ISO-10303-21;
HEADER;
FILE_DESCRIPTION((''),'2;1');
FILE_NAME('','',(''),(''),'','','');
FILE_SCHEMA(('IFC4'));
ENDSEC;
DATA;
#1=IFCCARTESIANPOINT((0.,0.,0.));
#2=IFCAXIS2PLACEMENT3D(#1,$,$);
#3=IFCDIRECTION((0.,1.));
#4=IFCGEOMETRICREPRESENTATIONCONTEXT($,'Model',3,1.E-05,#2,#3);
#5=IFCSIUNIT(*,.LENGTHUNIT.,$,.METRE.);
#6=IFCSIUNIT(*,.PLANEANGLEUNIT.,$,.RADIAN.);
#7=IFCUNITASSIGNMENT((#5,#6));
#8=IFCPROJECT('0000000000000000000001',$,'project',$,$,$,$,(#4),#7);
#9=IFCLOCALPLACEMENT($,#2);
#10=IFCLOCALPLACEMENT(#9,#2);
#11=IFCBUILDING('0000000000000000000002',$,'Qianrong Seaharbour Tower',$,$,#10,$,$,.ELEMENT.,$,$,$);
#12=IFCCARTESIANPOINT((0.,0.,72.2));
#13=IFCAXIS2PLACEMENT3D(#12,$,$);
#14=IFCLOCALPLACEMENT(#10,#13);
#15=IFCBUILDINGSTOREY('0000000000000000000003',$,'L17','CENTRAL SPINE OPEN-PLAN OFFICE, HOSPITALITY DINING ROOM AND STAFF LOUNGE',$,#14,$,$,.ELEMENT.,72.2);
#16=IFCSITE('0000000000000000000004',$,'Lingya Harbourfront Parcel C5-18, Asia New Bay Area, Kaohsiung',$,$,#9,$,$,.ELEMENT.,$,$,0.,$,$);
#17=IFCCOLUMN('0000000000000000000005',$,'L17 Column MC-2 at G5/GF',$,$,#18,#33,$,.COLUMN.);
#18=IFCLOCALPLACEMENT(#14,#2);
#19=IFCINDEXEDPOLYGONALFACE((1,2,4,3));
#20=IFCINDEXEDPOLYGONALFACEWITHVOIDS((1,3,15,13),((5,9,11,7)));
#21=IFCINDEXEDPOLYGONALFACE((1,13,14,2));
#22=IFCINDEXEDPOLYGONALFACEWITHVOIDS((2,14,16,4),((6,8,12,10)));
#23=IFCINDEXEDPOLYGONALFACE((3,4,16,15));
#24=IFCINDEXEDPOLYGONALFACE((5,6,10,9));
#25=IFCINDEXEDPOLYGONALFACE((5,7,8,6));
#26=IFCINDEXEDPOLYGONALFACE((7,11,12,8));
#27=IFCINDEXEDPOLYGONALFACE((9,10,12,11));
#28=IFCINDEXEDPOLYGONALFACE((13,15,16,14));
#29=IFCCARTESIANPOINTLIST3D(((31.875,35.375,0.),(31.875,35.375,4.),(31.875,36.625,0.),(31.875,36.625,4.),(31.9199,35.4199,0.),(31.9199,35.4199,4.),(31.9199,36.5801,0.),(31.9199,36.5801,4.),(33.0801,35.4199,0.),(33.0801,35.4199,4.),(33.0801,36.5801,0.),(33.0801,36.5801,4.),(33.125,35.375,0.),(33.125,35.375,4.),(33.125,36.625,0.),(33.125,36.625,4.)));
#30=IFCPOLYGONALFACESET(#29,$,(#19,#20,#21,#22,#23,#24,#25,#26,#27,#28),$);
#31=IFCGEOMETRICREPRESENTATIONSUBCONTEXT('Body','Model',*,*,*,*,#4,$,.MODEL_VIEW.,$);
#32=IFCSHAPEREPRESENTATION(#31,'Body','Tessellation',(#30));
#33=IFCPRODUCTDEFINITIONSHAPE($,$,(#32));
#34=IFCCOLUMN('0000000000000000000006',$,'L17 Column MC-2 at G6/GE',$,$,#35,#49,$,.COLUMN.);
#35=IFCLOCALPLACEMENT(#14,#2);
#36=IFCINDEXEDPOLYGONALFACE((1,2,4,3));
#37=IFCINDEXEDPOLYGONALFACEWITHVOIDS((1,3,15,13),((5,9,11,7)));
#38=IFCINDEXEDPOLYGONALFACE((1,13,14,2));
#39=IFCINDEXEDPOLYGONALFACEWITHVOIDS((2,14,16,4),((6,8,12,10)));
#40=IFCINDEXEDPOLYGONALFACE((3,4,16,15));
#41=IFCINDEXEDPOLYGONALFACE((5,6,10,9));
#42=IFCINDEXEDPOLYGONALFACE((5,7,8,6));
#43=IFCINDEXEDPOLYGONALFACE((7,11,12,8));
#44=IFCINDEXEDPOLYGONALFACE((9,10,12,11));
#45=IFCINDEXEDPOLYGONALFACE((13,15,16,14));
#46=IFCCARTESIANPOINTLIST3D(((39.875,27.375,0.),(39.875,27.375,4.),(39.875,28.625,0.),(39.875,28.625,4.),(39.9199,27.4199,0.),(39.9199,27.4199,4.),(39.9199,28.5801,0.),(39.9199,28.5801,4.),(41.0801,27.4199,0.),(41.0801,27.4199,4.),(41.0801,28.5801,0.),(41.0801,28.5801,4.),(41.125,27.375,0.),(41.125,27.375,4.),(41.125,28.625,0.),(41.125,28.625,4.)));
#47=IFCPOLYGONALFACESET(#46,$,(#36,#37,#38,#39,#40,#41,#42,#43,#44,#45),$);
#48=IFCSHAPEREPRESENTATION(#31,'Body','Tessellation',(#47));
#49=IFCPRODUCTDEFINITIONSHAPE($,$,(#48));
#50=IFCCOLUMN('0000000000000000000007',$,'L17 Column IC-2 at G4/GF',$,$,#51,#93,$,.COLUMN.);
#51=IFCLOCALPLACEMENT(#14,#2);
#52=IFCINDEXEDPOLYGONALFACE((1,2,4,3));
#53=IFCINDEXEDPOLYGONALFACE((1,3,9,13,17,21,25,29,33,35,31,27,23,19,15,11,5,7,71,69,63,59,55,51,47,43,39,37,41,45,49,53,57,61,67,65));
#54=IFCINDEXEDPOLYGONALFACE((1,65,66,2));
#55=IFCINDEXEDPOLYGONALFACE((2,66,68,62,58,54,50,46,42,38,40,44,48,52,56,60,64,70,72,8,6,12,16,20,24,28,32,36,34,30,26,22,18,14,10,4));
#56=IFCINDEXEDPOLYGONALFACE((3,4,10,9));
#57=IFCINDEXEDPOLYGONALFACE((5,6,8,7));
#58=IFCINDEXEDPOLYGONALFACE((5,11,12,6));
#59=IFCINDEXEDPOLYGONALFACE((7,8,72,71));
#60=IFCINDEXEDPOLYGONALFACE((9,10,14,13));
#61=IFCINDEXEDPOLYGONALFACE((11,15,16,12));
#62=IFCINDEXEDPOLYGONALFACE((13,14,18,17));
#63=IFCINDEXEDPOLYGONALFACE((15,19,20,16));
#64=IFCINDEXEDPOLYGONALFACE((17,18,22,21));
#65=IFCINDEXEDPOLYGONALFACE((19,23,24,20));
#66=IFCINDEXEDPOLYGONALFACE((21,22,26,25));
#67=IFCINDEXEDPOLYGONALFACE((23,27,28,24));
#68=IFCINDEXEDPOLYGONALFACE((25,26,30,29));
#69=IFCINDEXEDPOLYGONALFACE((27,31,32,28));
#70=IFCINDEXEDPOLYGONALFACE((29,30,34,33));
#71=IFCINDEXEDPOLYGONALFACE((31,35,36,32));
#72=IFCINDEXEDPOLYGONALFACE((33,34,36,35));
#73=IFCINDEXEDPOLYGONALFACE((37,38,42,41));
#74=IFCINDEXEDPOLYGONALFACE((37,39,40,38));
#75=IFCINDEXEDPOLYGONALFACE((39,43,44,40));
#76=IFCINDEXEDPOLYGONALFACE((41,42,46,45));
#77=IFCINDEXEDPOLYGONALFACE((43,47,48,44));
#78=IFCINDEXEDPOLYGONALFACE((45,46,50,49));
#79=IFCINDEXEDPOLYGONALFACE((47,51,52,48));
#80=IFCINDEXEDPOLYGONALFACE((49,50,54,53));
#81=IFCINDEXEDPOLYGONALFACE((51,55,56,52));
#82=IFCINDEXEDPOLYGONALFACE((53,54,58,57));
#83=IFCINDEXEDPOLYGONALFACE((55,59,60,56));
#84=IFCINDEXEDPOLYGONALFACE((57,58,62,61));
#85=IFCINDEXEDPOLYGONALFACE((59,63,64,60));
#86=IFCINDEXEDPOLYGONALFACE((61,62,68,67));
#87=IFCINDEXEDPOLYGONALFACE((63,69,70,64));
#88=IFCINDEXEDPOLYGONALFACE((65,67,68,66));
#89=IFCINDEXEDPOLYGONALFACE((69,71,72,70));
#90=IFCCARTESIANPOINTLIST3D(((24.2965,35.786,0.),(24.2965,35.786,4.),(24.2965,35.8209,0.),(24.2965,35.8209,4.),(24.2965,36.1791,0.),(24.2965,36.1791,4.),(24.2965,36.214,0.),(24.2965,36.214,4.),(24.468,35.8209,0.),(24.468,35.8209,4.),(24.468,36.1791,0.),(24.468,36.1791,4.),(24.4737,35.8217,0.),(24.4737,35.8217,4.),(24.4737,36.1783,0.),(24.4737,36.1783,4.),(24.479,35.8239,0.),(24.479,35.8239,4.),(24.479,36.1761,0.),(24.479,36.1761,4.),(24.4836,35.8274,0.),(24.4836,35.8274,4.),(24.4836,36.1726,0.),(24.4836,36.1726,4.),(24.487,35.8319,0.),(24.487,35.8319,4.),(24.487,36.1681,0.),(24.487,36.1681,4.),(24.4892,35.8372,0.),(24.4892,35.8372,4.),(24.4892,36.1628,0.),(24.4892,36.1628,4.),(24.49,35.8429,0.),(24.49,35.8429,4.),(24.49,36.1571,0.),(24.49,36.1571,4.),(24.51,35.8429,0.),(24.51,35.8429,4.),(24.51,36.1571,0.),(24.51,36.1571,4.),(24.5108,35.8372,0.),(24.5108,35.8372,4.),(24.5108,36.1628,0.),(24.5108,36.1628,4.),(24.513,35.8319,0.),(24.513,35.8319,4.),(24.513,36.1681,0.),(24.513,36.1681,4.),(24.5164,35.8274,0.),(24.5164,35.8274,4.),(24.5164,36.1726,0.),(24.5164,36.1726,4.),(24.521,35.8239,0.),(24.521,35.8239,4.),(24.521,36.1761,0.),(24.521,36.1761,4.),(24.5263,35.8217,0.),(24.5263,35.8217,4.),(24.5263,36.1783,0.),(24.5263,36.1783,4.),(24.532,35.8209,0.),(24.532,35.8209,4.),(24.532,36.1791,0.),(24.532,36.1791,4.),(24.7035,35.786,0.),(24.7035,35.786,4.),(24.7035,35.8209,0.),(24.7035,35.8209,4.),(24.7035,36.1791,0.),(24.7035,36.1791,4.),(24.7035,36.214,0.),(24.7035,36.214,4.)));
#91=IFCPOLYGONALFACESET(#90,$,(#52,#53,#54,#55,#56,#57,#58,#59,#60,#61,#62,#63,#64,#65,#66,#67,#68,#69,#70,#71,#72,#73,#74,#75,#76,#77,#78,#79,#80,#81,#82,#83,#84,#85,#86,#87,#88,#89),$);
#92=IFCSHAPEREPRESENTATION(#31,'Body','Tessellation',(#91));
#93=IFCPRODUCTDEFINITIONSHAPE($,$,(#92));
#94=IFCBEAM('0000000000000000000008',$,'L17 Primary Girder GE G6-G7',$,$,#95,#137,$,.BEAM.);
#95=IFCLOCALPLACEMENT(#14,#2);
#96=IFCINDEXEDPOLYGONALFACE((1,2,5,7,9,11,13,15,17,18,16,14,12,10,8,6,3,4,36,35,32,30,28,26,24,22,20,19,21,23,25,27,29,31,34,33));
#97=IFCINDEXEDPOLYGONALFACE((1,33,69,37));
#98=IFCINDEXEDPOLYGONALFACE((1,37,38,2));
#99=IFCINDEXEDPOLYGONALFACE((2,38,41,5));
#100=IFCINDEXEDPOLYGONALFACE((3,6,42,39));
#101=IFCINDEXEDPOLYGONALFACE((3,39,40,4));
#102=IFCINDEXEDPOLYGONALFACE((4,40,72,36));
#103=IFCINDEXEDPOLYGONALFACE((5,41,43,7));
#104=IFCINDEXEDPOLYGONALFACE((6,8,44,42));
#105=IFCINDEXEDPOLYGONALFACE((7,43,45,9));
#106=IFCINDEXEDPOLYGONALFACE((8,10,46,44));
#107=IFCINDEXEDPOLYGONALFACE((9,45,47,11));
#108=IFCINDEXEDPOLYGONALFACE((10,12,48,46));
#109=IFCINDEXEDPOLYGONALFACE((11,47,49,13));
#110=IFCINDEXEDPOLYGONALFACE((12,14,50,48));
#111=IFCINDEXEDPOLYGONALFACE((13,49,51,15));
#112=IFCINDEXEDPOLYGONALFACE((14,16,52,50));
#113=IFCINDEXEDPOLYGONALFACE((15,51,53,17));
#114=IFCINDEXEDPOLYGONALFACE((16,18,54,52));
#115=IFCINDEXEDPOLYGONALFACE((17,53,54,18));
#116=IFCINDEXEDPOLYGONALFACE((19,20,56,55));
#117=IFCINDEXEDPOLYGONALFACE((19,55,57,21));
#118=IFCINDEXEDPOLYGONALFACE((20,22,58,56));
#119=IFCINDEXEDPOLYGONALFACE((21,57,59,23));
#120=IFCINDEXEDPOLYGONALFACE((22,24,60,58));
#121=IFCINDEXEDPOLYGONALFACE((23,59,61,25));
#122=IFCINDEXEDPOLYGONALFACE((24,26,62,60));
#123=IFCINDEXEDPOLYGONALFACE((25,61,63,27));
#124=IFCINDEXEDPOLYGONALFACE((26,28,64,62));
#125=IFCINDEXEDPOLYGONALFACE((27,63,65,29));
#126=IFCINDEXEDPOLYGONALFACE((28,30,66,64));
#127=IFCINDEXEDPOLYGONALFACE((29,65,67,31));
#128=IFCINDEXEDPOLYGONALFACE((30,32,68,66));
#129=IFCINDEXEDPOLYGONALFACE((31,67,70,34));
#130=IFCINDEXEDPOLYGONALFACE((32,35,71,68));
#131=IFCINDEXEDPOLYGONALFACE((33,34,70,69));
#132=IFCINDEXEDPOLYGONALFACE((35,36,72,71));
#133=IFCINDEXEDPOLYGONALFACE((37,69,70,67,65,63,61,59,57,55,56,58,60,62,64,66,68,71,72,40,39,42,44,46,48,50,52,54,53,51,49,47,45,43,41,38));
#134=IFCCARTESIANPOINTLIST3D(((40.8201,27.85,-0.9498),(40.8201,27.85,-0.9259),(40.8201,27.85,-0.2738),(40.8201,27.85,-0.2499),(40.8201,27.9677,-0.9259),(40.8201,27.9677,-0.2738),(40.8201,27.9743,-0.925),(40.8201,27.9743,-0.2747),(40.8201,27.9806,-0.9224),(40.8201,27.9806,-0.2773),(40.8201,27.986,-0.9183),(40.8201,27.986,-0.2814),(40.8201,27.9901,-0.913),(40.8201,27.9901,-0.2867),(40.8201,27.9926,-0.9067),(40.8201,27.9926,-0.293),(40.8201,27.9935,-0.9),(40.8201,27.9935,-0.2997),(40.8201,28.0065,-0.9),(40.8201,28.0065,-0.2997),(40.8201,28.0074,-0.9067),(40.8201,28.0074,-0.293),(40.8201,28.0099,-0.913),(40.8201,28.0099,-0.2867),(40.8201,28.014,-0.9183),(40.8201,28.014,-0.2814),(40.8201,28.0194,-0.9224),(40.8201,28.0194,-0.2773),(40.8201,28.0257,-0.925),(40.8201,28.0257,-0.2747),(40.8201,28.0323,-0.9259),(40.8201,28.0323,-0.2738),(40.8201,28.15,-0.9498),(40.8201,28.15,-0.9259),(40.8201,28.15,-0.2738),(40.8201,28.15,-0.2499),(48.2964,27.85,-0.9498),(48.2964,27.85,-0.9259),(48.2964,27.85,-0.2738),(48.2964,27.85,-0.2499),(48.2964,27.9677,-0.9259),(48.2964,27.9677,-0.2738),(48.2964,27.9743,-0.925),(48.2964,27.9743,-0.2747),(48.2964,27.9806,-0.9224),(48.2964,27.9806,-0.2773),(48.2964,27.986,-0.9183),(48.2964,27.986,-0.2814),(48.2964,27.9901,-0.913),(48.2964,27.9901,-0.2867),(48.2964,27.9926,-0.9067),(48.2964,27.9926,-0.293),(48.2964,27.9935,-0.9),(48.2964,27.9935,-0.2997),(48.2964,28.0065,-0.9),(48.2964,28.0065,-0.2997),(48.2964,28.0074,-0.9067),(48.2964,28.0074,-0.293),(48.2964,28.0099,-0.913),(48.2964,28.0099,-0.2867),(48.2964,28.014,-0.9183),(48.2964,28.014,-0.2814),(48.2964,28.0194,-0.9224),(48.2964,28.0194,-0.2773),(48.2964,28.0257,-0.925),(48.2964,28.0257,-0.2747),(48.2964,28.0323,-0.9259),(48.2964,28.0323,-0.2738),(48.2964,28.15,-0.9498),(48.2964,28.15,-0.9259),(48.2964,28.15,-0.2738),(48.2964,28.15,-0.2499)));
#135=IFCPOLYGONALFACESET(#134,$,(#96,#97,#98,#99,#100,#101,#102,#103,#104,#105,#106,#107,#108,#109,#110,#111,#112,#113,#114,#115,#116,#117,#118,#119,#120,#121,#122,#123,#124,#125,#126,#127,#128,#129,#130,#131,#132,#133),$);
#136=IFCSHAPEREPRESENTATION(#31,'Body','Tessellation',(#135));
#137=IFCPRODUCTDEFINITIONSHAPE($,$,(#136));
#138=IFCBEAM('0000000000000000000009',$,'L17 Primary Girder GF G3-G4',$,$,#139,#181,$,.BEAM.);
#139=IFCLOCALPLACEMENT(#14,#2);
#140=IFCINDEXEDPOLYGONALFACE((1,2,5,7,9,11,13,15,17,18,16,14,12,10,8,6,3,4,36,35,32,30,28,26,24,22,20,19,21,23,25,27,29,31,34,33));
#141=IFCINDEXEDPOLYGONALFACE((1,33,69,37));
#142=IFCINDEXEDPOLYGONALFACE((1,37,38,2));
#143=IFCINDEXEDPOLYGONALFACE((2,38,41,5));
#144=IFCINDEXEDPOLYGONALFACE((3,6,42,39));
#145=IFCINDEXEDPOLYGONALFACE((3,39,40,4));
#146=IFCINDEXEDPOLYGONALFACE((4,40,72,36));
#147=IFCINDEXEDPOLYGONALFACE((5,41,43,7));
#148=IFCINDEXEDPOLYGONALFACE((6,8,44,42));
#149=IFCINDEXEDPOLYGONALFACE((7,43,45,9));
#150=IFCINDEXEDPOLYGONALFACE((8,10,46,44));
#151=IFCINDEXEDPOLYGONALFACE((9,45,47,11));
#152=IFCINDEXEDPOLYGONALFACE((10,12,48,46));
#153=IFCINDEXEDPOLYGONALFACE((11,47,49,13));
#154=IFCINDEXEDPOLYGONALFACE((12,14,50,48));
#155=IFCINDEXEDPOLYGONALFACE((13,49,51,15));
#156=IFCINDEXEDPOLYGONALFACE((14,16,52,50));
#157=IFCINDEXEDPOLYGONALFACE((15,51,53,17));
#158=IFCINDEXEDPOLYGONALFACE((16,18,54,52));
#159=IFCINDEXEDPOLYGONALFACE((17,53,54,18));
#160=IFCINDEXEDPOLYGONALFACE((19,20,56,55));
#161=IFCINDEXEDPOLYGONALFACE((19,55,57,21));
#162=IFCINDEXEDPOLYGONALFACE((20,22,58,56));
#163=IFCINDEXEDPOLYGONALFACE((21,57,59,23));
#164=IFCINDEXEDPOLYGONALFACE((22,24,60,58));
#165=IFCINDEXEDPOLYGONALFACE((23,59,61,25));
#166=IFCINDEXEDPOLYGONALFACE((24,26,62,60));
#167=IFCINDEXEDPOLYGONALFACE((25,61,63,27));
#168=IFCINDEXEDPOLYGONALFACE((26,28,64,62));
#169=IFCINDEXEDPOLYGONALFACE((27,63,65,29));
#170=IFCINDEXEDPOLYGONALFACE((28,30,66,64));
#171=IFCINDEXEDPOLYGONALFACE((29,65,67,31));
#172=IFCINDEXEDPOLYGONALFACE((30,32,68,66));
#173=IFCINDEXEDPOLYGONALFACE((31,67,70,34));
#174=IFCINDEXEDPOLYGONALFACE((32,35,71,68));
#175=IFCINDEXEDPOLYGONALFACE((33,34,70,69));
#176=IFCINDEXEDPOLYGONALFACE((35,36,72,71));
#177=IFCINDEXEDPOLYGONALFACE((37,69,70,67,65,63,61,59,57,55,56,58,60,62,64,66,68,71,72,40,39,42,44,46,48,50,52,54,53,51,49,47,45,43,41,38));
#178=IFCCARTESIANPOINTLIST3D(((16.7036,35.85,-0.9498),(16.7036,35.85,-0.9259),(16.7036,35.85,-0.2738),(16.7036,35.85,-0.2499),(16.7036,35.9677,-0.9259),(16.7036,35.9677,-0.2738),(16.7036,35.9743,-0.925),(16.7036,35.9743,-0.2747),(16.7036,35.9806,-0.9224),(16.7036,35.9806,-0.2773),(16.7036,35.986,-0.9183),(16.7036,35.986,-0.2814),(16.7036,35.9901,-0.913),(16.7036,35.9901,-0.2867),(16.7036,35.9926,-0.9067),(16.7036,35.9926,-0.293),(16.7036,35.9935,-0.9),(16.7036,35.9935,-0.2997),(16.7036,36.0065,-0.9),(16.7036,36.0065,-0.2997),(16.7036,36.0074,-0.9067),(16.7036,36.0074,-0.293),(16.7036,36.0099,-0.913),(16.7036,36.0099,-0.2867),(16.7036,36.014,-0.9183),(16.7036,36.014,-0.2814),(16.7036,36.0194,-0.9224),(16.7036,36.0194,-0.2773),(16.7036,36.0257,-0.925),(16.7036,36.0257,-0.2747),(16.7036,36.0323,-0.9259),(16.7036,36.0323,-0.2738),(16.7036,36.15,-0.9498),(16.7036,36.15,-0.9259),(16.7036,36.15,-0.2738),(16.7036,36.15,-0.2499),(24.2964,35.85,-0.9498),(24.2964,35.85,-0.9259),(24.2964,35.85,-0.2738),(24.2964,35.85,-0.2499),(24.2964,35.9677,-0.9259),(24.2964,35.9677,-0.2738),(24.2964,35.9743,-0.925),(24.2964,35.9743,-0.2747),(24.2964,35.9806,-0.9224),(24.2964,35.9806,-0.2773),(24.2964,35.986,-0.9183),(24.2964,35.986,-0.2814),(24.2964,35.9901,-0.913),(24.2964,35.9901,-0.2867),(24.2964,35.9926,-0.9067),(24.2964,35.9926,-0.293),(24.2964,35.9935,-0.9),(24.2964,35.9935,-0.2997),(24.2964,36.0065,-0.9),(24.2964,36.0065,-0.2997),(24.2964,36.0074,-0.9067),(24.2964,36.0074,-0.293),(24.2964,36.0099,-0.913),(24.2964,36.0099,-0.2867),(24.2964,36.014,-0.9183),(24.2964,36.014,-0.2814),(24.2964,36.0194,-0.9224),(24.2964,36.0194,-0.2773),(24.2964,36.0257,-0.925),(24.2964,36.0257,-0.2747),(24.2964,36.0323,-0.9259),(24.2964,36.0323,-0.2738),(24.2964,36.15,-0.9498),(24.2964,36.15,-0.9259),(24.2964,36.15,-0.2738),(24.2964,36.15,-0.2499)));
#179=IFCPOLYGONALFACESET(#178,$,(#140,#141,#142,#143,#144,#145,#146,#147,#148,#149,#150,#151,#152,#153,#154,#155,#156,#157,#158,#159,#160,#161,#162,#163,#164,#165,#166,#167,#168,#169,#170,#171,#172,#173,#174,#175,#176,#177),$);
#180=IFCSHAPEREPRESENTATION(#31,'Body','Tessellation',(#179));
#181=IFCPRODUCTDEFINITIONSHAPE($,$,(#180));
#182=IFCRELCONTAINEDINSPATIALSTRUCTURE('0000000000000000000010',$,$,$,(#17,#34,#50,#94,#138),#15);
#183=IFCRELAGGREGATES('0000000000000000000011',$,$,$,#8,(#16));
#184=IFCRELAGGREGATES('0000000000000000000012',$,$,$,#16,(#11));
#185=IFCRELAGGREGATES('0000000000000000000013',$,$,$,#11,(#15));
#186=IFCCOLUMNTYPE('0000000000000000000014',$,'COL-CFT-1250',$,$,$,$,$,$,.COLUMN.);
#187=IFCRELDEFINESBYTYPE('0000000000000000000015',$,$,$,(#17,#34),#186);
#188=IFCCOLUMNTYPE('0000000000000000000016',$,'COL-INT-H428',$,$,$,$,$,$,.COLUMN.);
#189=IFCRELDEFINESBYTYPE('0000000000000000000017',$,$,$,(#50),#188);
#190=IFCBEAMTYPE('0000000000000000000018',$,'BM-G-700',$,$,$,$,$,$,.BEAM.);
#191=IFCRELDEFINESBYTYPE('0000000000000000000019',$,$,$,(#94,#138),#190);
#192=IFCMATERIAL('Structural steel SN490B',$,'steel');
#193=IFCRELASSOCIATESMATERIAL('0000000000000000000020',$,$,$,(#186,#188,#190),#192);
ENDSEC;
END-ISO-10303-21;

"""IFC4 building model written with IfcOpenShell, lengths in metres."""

from ifc_helpers import new_model, si_unit, direction, frame, origin, origin_2d, place, context, subcontext, project, spatial, hollow_rectangle, i_section, extrude, material, material_profile, profile_set, type_object, element, save


model = new_model("IFC4")

# Units and contexts
model_context = context("Model", 3, precision=1e-05, world=origin(), true_north=direction((0.0, 1.0)))
body_context = subcontext(model_context, "Body", "Model", "MODEL_VIEW")
ifc_project = project(units=[si_unit("LENGTHUNIT", "METRE"), si_unit("PLANEANGLEUNIT", "RADIAN")], contexts=[model_context])

# Site, building, storey
site_placement = place(None, origin())
site = spatial("IfcSite", under=ifc_project, at=site_placement, Name="Lingya Harbourfront Parcel C5-18, Asia New Bay Area, Kaohsiung", CompositionType="ELEMENT", RefElevation=0.0)
building_placement = place(site_placement, origin())
building = spatial("IfcBuilding", under=site, at=building_placement, Name="Qianrong Seaharbour Tower", CompositionType="ELEMENT")
storey_placement = place(building_placement, frame((0.0, 0.0, 72.2)))
storey = spatial("IfcBuildingStorey", under=building, at=storey_placement, Name="L17", Description="CENTRAL SPINE OPEN-PLAN OFFICE, HOSPITALITY DINING ROOM AND STAFF LOUNGE", CompositionType="ELEMENT", Elevation=72.2)

# Columns
ifc_material_1 = material(Name="Structural steel SN490B", Category="steel")
ifc_material_profile_1 = material_profile(ifc_material_1, hollow_rectangle(XDim=1.25, YDim=1.25, WallThickness=0.0449, at=origin_2d()), Name="BOX1250x1250x45")
ifc_profile_set_1 = profile_set([ifc_material_profile_1], Name="Structural steel SN490B")
column_type_1 = type_object("IfcColumnType", Name="COL-CFT-1250", PredefinedType="COLUMN", material=ifc_profile_set_1)
for number, where, z_axis, x_axis, name in (
    (1, (32.5, 36.0, 0.0), (0.0, 0.0, 1.0), (1.0, 0.0, 0.0), "L17 Column MC-2 at G5/GF"),
    (2, (40.5, 28.0, 0.0), (0.0, 0.0, 1.0), (1.0, 0.0, 0.0), "L17 Column MC-2 at G6/GE"),
):
    element("IfcColumn", number, at=place(storey_placement, frame(where, z_axis=z_axis, x_axis=x_axis)), inside=storey, type_object=column_type_1, Name=name, PredefinedType="COLUMN", context=body_context, shape_type="SweptSolid", body=[
        extrude(hollow_rectangle(XDim=1.25, YDim=1.25, WallThickness=0.0449, at=origin_2d()), origin(), (0.0, 0.0, 1.0), 4.0),
    ])
ifc_material_profile_2 = material_profile(ifc_material_1, i_section(OverallWidth=0.407, OverallDepth=0.428, WebThickness=0.02, FlangeThickness=0.0349, FilletRadius=0.022, at=origin_2d()), Name="H428x407x20x35")
ifc_profile_set_2 = profile_set([ifc_material_profile_2], Name="Structural steel SN490B")
column_type_2 = type_object("IfcColumnType", Name="COL-INT-H428", PredefinedType="COLUMN", material=ifc_profile_set_2)
column_placement = place(storey_placement, frame((24.5, 36.0, 0.0), z_axis=(0.0, 0.0, 1.0), x_axis=(1.0, 0.0, 0.0)))
element("IfcColumn", 3, at=column_placement, inside=storey, type_object=column_type_2, Name="L17 Column IC-2 at G4/GF", PredefinedType="COLUMN", context=body_context, shape_type="SweptSolid", body=[
    extrude(i_section(OverallWidth=0.407, OverallDepth=0.428, WebThickness=0.02, FlangeThickness=0.0349, FilletRadius=0.022, at=origin_2d()), origin(), (0.0, 0.0, 1.0), 4.0),
])

# Beams
ifc_material_profile_3 = material_profile(ifc_material_1, i_section(OverallWidth=0.3, OverallDepth=0.7, WebThickness=0.0129, FlangeThickness=0.0239, FilletRadius=0.0259, at=origin_2d()), Name="H700x300x13x24")
ifc_profile_set_3 = profile_set([ifc_material_profile_3], Name="Structural steel SN490B")
beam_type_1 = type_object("IfcBeamType", Name="BM-G-700", PredefinedType="BEAM", material=ifc_profile_set_3)
beam_1_placement = place(storey_placement, frame((40.8201, 28.0, -0.5999), z_axis=(1.0, 0.0, 0.0), x_axis=(0.0, 1.0, 0.0)))
element("IfcBeam", 4, at=beam_1_placement, inside=storey, type_object=beam_type_1, Name="L17 Primary Girder GE G6-G7", PredefinedType="BEAM", context=body_context, shape_type="SweptSolid", body=[
    extrude(i_section(OverallWidth=0.3, OverallDepth=0.7, WebThickness=0.0129, FlangeThickness=0.0239, FilletRadius=0.0259, at=origin_2d()), origin(), (0.0, 0.0, 1.0), 7.4763),
])
beam_2_placement = place(storey_placement, frame((16.7036, 36.0, -0.5999), z_axis=(1.0, 0.0, 0.0), x_axis=(0.0, 1.0, 0.0)))
element("IfcBeam", 5, at=beam_2_placement, inside=storey, type_object=beam_type_1, Name="L17 Primary Girder GF G3-G4", PredefinedType="BEAM", context=body_context, shape_type="SweptSolid", body=[
    extrude(i_section(OverallWidth=0.3, OverallDepth=0.7, WebThickness=0.0129, FlangeThickness=0.0239, FilletRadius=0.0259, at=origin_2d()), origin(), (0.0, 0.0, 1.0), 7.5928),
])

save(model, "model.ifc")
